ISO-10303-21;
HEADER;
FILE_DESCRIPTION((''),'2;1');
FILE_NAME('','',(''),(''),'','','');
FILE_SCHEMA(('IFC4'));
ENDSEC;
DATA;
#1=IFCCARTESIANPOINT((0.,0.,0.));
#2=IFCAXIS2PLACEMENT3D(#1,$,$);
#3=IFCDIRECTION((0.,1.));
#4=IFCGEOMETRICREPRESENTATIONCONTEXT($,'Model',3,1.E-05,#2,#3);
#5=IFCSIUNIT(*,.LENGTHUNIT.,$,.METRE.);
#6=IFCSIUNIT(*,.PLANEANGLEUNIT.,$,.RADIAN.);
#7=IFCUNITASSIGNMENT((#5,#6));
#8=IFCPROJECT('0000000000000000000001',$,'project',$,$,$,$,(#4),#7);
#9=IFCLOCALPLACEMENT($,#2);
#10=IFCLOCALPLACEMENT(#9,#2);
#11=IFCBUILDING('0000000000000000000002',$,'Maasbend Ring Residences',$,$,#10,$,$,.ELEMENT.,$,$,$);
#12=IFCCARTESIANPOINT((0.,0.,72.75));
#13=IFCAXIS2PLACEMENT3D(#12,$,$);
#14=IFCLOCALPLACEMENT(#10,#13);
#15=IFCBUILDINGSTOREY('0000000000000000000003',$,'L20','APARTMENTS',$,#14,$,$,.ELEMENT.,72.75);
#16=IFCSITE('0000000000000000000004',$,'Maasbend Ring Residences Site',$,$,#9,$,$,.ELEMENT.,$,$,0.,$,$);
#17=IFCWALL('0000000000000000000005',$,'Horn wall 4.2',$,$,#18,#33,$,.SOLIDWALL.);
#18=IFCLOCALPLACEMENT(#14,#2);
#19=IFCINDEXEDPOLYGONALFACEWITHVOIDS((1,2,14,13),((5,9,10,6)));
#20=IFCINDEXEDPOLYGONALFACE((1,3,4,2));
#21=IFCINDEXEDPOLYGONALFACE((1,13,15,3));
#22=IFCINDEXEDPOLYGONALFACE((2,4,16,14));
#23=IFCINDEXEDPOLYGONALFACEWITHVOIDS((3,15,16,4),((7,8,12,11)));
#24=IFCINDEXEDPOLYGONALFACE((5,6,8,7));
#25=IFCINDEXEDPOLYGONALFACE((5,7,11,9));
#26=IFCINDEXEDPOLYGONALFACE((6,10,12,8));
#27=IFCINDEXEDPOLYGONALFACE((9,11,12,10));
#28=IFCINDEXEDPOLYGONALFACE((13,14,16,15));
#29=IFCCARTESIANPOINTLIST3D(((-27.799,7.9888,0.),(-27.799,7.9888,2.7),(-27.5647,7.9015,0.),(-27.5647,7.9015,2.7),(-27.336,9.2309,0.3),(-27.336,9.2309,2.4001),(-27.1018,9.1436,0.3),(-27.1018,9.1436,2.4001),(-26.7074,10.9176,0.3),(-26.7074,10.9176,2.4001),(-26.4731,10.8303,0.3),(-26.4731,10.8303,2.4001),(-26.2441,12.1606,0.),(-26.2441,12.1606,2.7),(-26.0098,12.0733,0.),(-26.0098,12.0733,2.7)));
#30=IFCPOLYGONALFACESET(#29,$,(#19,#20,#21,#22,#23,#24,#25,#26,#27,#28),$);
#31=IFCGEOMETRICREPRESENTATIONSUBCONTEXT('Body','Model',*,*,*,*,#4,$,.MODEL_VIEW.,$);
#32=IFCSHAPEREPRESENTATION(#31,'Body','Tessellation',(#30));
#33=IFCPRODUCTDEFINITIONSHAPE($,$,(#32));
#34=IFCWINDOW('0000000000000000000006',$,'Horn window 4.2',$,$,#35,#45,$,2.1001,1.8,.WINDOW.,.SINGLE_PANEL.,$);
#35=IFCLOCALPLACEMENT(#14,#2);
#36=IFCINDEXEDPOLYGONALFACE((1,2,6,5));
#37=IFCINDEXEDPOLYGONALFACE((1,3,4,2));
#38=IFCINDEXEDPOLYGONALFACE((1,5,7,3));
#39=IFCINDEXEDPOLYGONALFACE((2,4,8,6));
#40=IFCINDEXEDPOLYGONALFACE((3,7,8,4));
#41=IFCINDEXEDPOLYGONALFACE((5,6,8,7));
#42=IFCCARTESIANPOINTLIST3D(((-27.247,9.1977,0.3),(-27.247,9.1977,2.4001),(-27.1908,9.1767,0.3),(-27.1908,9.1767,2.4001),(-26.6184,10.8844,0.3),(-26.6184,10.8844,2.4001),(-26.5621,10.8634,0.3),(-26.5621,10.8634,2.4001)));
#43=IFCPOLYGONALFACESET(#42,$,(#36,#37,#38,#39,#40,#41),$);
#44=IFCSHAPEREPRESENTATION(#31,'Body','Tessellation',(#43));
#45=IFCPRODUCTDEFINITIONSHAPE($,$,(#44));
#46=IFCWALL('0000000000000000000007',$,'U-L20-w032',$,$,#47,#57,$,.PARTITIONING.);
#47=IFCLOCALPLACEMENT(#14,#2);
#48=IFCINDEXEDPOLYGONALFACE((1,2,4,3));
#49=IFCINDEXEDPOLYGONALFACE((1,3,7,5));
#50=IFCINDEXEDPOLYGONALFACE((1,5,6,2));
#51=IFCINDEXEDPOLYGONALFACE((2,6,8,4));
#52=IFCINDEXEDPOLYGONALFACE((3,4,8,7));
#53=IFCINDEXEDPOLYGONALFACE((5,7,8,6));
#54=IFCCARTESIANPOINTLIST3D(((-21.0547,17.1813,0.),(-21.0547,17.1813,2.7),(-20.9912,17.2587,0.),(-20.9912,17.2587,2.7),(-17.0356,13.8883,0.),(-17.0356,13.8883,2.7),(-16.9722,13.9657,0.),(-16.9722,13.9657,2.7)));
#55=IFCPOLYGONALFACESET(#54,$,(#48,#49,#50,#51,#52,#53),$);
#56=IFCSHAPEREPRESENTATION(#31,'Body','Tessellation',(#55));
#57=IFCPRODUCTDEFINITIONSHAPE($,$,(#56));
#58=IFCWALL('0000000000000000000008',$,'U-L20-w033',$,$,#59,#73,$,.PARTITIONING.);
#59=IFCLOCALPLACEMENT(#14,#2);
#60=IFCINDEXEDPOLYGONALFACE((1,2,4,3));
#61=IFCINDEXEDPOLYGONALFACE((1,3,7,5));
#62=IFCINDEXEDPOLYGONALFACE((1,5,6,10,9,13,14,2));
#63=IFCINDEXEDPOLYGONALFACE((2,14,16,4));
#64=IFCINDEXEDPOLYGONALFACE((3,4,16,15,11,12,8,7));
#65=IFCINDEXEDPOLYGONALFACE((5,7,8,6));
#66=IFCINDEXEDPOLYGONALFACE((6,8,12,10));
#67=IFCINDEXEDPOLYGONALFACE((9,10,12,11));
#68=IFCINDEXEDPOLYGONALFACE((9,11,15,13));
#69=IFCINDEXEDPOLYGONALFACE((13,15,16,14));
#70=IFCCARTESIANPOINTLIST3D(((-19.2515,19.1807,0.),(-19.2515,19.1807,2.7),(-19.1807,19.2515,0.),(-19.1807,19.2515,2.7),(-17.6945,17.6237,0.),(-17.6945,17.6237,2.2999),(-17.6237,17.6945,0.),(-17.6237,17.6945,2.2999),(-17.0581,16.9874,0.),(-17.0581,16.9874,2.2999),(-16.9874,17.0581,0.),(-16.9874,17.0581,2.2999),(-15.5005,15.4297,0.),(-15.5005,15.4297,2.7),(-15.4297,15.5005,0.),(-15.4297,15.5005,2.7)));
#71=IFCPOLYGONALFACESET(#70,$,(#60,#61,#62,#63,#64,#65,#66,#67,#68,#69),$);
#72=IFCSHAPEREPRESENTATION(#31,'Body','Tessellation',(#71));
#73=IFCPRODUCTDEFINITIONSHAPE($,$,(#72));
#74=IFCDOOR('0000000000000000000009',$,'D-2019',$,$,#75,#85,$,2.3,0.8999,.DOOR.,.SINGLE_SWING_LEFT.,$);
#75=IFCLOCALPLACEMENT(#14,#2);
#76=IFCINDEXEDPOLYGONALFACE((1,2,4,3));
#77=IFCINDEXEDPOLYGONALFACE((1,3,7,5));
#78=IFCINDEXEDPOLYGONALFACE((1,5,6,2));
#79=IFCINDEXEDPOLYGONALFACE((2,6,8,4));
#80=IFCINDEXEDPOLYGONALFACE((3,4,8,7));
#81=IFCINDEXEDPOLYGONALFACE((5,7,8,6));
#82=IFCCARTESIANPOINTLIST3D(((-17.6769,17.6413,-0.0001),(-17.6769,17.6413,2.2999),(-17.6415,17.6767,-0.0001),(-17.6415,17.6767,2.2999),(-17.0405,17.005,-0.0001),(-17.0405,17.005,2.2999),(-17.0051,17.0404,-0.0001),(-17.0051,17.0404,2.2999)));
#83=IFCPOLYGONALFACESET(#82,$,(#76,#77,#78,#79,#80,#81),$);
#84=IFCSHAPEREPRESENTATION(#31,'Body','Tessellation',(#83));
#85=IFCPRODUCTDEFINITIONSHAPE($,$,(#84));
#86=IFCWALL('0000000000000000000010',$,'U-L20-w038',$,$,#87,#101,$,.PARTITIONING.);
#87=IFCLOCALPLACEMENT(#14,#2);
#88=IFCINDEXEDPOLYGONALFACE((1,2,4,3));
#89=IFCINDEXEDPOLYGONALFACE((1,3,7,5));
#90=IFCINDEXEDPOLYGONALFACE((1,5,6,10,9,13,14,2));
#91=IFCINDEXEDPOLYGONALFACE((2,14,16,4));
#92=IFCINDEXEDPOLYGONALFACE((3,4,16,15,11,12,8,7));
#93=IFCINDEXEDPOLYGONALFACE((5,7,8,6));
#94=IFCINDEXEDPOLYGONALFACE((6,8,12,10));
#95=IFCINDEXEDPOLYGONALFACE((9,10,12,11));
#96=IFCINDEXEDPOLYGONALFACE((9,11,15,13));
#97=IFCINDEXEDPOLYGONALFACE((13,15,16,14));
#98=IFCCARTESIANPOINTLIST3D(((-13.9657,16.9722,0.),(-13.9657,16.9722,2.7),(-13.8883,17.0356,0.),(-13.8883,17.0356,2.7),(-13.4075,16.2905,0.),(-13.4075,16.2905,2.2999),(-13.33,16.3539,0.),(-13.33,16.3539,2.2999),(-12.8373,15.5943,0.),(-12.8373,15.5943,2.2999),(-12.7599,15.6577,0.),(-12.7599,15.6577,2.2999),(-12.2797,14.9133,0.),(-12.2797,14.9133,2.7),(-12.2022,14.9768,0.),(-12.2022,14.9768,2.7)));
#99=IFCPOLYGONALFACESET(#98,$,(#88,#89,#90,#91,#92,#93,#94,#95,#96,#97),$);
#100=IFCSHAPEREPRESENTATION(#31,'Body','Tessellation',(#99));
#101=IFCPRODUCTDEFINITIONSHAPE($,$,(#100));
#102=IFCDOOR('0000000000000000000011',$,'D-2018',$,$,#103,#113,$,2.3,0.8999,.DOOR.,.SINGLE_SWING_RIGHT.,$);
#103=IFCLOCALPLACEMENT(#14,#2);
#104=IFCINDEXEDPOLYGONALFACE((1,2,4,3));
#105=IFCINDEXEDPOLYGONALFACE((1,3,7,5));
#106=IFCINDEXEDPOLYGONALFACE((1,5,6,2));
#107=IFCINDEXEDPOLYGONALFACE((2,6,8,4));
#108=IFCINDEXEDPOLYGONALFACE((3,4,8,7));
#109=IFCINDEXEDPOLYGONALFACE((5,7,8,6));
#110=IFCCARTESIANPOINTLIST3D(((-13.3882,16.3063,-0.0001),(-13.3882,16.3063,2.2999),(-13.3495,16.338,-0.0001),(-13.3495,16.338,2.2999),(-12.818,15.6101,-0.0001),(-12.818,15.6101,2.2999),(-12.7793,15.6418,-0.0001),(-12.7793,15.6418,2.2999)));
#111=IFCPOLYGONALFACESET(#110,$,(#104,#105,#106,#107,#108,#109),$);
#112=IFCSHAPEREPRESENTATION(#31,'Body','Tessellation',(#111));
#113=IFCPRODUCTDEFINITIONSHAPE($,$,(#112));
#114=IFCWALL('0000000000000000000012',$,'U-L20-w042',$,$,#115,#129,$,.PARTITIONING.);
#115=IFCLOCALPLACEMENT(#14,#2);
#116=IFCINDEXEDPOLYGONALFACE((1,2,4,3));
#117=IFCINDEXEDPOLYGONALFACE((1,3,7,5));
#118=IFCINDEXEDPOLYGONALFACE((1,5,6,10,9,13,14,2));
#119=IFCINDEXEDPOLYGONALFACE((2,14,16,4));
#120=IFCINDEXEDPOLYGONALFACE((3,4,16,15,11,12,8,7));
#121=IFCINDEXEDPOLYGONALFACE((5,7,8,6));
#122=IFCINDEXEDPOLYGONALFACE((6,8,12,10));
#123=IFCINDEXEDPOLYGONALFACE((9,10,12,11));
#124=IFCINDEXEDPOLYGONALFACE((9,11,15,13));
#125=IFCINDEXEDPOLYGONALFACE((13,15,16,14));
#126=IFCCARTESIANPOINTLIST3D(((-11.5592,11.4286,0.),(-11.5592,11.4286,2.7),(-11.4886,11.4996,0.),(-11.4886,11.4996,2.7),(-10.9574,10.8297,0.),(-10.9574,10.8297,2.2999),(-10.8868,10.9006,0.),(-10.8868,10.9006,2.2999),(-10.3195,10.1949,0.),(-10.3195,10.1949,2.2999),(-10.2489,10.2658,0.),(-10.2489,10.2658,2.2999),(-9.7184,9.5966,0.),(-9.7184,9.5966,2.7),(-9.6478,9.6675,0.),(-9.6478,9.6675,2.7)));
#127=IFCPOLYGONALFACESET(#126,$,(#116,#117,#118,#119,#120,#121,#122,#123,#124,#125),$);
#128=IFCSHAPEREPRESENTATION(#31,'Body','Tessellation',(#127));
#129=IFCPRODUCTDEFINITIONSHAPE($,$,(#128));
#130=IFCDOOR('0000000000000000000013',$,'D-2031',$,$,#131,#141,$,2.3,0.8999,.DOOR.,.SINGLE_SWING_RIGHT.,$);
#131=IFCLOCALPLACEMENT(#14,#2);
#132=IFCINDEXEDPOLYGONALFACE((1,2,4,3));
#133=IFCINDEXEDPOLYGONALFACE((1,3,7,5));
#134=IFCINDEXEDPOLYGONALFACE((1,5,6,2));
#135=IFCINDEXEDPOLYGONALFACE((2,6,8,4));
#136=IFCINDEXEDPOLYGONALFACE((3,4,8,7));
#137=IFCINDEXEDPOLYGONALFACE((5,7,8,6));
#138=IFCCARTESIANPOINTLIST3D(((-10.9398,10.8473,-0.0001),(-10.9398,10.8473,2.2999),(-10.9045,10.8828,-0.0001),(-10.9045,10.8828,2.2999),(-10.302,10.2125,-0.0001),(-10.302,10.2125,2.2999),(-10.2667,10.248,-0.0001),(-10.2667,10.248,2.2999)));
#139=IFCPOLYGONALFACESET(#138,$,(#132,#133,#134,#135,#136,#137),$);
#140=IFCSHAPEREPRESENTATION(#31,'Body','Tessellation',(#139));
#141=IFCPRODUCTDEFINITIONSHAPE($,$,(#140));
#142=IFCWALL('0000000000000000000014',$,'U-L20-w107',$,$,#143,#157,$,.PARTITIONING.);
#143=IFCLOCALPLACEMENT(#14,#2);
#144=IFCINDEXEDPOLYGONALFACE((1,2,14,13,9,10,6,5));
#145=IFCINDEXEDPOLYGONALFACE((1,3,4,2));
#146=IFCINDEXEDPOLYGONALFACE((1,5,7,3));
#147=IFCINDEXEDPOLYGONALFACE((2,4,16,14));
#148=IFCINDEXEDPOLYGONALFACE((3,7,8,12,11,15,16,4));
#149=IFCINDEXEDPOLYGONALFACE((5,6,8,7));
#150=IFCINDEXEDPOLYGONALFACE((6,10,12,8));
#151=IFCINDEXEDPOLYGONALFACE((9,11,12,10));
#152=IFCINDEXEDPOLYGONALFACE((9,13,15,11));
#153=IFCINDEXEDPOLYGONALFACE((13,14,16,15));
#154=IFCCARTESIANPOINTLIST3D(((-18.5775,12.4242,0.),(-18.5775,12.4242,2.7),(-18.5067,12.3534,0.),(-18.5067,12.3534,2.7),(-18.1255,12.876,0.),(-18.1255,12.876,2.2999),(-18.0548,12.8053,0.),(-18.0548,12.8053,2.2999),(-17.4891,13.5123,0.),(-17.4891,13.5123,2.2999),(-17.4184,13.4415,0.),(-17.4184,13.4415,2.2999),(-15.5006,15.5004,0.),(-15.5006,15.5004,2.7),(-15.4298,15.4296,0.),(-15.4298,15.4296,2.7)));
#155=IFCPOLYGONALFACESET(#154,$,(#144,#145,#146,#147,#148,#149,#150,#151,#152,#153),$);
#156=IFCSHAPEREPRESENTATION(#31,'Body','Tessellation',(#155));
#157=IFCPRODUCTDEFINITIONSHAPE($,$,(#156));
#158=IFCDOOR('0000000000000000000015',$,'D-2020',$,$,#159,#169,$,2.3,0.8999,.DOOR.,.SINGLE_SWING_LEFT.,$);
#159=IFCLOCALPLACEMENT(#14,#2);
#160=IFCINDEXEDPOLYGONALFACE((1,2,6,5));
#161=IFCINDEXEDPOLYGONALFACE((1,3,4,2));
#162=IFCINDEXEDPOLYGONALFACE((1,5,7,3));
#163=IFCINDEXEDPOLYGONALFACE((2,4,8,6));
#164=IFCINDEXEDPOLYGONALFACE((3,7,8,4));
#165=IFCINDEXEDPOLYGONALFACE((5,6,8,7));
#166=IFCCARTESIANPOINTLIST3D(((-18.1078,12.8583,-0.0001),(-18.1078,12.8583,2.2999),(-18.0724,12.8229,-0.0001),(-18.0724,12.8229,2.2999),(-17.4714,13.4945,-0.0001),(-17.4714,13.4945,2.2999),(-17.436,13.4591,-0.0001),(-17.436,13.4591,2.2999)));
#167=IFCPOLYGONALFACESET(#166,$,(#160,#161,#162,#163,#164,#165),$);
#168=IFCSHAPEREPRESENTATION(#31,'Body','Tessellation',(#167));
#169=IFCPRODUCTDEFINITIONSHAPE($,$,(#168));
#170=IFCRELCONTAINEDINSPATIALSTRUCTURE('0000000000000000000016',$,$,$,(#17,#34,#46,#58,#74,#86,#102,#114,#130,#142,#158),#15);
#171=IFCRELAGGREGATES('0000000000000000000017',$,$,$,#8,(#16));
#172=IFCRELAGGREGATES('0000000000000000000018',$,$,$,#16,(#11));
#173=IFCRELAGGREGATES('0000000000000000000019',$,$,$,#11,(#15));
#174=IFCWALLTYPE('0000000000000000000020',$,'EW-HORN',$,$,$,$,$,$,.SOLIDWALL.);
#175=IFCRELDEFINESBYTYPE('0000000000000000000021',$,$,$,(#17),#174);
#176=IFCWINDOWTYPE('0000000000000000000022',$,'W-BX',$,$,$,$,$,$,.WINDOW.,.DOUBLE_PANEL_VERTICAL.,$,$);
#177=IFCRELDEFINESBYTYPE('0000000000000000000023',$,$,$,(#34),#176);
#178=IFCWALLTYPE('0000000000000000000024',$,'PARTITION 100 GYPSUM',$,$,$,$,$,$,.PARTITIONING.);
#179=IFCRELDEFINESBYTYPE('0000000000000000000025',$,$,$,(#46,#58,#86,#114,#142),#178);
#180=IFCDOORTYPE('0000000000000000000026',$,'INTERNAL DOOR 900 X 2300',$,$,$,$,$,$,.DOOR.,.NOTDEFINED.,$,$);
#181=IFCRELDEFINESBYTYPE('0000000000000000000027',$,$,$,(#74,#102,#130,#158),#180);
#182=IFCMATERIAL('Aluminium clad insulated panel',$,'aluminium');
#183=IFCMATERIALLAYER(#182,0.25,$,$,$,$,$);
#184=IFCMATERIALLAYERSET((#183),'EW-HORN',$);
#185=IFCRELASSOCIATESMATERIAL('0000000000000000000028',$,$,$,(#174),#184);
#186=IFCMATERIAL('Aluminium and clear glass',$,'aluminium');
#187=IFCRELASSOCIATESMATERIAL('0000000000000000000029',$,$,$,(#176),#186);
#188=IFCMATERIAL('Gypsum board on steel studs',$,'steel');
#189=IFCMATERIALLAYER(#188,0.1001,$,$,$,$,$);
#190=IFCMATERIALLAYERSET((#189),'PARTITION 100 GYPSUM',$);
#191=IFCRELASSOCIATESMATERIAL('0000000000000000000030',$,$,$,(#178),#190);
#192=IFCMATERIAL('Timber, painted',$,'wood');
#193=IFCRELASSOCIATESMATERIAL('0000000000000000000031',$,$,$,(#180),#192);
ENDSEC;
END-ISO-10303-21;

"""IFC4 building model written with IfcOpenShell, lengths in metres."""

from ifc_helpers import new_model, si_unit, direction, frame, frame_2d, origin, place, context, subcontext, project, spatial, rectangle, extrude, material, layer, layer_set, type_object, element, fill, save


model = new_model("IFC4")

# Units and contexts
model_context = context("Model", 3, precision=1e-05, world=origin(), true_north=direction((0.0, 1.0)))
body_context = subcontext(model_context, "Body", "Model", "MODEL_VIEW")
ifc_project = project(units=[si_unit("LENGTHUNIT", "METRE"), si_unit("PLANEANGLEUNIT", "RADIAN")], contexts=[model_context])

# Site, building, storey
site_placement = place(None, origin())
site = spatial("IfcSite", under=ifc_project, at=site_placement, Name="Maasbend Ring Residences Site", CompositionType="ELEMENT", RefElevation=0.0)
building_placement = place(site_placement, origin())
building = spatial("IfcBuilding", under=site, at=building_placement, Name="Maasbend Ring Residences", CompositionType="ELEMENT")
storey_placement = place(building_placement, frame((0.0, 0.0, 72.75)))
storey = spatial("IfcBuildingStorey", under=building, at=storey_placement, Name="L20", Description="APARTMENTS", CompositionType="ELEMENT", Elevation=72.75)

# Wall, opening, window
ifc_material_1 = material(Name="Aluminium clad insulated panel", Category="aluminium")
ifc_layer_1 = layer(ifc_material_1, 0.25)
ifc_layer_set_1 = layer_set([ifc_layer_1], Name="EW-HORN")
wall_type_1 = type_object("IfcWallType", Name="EW-HORN", PredefinedType="SOLIDWALL", material=ifc_layer_set_1)
ifc_material_2 = material(Name="Aluminium and clear glass", Category="aluminium")
window_type = type_object("IfcWindowType", Name="W-BX", PartitioningType="DOUBLE_PANEL_VERTICAL", PredefinedType="WINDOW", material=ifc_material_2)
wall_1_placement = place(storey_placement, frame((-26.127, 12.1169, 0.0), z_axis=(0.0, 0.0, 1.0), x_axis=(-0.349248, -0.93703, 0.0)))
wall_1 = element("IfcWall", 1, at=wall_1_placement, inside=storey, type_object=wall_type_1, Name="Horn wall 4.2", PredefinedType="SOLIDWALL", context=body_context, shape_type="SweptSolid", body=[
    extrude(rectangle(XDim=4.4521, YDim=0.25, at=frame_2d((2.2261, 0.0))), origin(), (0.0, 0.0, 1.0), 2.7),
])
opening_1_placement = place(wall_1_placement, frame((1.3267, 0.0, 0.3)))
opening_1 = element("IfcOpeningElement", 2, at=opening_1_placement, cuts=wall_1, PredefinedType="OPENING", context=body_context, shape_type="SweptSolid", body=[
    extrude(rectangle(XDim=1.8, YDim=2.1001, at=frame_2d((0.8999, 1.05))), frame((0.0, 0.135, 0.0), z_axis=(0.0, -1.0, 0.0), x_axis=(1.0, 0.0, 0.0)), (0.0, 0.0, 1.0), 0.27),
])
window_1_placement = place(opening_1_placement, origin())
window_1 = element("IfcWindow", 3, at=window_1_placement, inside=storey, type_object=window_type, Name="Horn window 4.2", OverallHeight=2.1001, OverallWidth=1.8, PartitioningType="SINGLE_PANEL", PredefinedType="WINDOW", context=body_context, shape_type="SweptSolid", body=[
    extrude(rectangle(XDim=1.8, YDim=2.1001, at=frame_2d((0.8999, 1.05))), frame((0.0, 0.03, 0.0), z_axis=(0.0, -1.0, 0.0), x_axis=(1.0, 0.0, 0.0)), (0.0, 0.0, 1.0), 0.0601),
])
fill(opening_1, window_1)

# Wall
ifc_material_3 = material(Name="Gypsum board on steel studs", Category="steel")
ifc_layer_2 = layer(ifc_material_3, 0.1001)
ifc_layer_set_2 = layer_set([ifc_layer_2], Name="PARTITION 100 GYPSUM")
wall_type_2 = type_object("IfcWallType", Name="PARTITION 100 GYPSUM", PredefinedType="PARTITIONING", material=ifc_layer_set_2)
wall_2_placement = place(storey_placement, frame((-21.0229, 17.22, 0.0), z_axis=(0.0, 0.0, 1.0), x_axis=(0.773517, -0.633775, 0.0)))
element("IfcWall", 4, at=wall_2_placement, inside=storey, type_object=wall_type_2, Name="U-L20-w032", PredefinedType="PARTITIONING", context=body_context, shape_type="SweptSolid", body=[
    extrude(rectangle(XDim=5.1958, YDim=0.1001, at=frame_2d((2.5979, 0.0))), origin(), (0.0, 0.0, 1.0), 2.7),
])

# Walls, openings, doors
wall_3_placement = place(storey_placement, frame((-19.2161, 19.2161, 0.0), z_axis=(0.0, 0.0, 1.0), x_axis=(0.707107, -0.707107, 0.0)))
wall_3 = element("IfcWall", 5, at=wall_3_placement, inside=storey, type_object=wall_type_2, Name="U-L20-w033", PredefinedType="PARTITIONING", context=body_context, shape_type="SweptSolid", body=[
    extrude(rectangle(XDim=5.3047, YDim=0.1001, at=frame_2d((2.6523, 0.0))), origin(), (0.0, 0.0, 1.0), 2.7),
])
opening_2_placement = place(wall_3_placement, frame((2.2019, 0.0, 0.0)))
opening_2 = element("IfcOpeningElement", 6, at=opening_2_placement, cuts=wall_3, PredefinedType="OPENING", context=body_context, shape_type="SweptSolid", body=[
    extrude(rectangle(XDim=0.8999, YDim=2.3, at=frame_2d((0.45, 1.1499))), frame((0.0, 0.0601, 0.0), z_axis=(0.0, -1.0, 0.0), x_axis=(1.0, 0.0, 0.0)), (0.0, 0.0, 1.0), 0.1201),
])
ifc_material_4 = material(Name="Timber, painted", Category="wood")
door_type = type_object("IfcDoorType", Name="INTERNAL DOOR 900 X 2300", OperationType="NOTDEFINED", PredefinedType="DOOR", material=ifc_material_4)
door_1_placement = place(opening_2_placement, origin())
door_1 = element("IfcDoor", 7, at=door_1_placement, inside=storey, type_object=door_type, Name="D-2019", OperationType="SINGLE_SWING_LEFT", OverallHeight=2.3, OverallWidth=0.8999, PredefinedType="DOOR", context=body_context, shape_type="SweptSolid", body=[
    extrude(rectangle(XDim=0.8999, YDim=2.3, at=frame_2d((0.45, 1.1499))), frame((0.0, 0.0249, 0.0), z_axis=(0.0, -1.0, 0.0), x_axis=(1.0, 0.0, 0.0)), (0.0, 0.0, 1.0), 0.05),
])
fill(opening_2, door_1)
wall_4_placement = place(storey_placement, frame((-13.927, 17.0039, 0.0), z_axis=(0.0, 0.0, 1.0), x_axis=(0.633582, -0.773675, 0.0)))
wall_4 = element("IfcWall", 8, at=wall_4_placement, inside=storey, type_object=wall_type_2, Name="U-L20-w038", PredefinedType="PARTITIONING", context=body_context, shape_type="SweptSolid", body=[
    extrude(rectangle(XDim=2.6611, YDim=0.1001, at=frame_2d((1.3306, 0.0))), origin(), (0.0, 0.0, 1.0), 2.7),
])
opening_3_placement = place(wall_4_placement, frame((0.8811, 0.0, 0.0)))
opening_3 = element("IfcOpeningElement", 9, at=opening_3_placement, cuts=wall_4, PredefinedType="OPENING", context=body_context, shape_type="SweptSolid", body=[
    extrude(rectangle(XDim=0.8999, YDim=2.3, at=frame_2d((0.45, 1.1499))), frame((0.0, 0.0601, 0.0), z_axis=(0.0, -1.0, 0.0), x_axis=(1.0, 0.0, 0.0)), (0.0, 0.0, 1.0), 0.1201),
])
door_2_placement = place(opening_3_placement, origin())
door_2 = element("IfcDoor", 10, at=door_2_placement, inside=storey, type_object=door_type, Name="D-2018", OperationType="SINGLE_SWING_RIGHT", OverallHeight=2.3, OverallWidth=0.8999, PredefinedType="DOOR", context=body_context, shape_type="SweptSolid", body=[
    extrude(rectangle(XDim=0.8999, YDim=2.3, at=frame_2d((0.45, 1.1499))), frame((0.0, 0.0249, 0.0), z_axis=(0.0, -1.0, 0.0), x_axis=(1.0, 0.0, 0.0)), (0.0, 0.0, 1.0), 0.05),
])
fill(opening_3, door_2)
wall_5_placement = place(storey_placement, frame((-11.5239, 11.4641, 0.0), z_axis=(0.0, 0.0, 1.0), x_axis=(0.708797, -0.705413, 0.0)))
wall_5 = element("IfcWall", 11, at=wall_5_placement, inside=storey, type_object=wall_type_2, Name="U-L20-w042", PredefinedType="PARTITIONING", context=body_context, shape_type="SweptSolid", body=[
    extrude(rectangle(XDim=2.5972, YDim=0.1001, at=frame_2d((1.2986, 0.0))), origin(), (0.0, 0.0, 1.0), 2.7),
])
opening_4_placement = place(wall_5_placement, frame((0.8491, 0.0, 0.0)))
opening_4 = element("IfcOpeningElement", 12, at=opening_4_placement, cuts=wall_5, PredefinedType="OPENING", context=body_context, shape_type="SweptSolid", body=[
    extrude(rectangle(XDim=0.8999, YDim=2.3, at=frame_2d((0.45, 1.1499))), frame((0.0, 0.0601, 0.0), z_axis=(0.0, -1.0, 0.0), x_axis=(1.0, 0.0, 0.0)), (0.0, 0.0, 1.0), 0.1201),
])
door_3_placement = place(opening_4_placement, origin())
door_3 = element("IfcDoor", 13, at=door_3_placement, inside=storey, type_object=door_type, Name="D-2031", OperationType="SINGLE_SWING_RIGHT", OverallHeight=2.3, OverallWidth=0.8999, PredefinedType="DOOR", context=body_context, shape_type="SweptSolid", body=[
    extrude(rectangle(XDim=0.8999, YDim=2.3, at=frame_2d((0.45, 1.1499))), frame((0.0, 0.0249, 0.0), z_axis=(0.0, -1.0, 0.0), x_axis=(1.0, 0.0, 0.0)), (0.0, 0.0, 1.0), 0.05),
])
fill(opening_4, door_3)
wall_6_placement = place(storey_placement, frame((-18.542, 12.3889, 0.0), z_axis=(0.0, 0.0, 1.0), x_axis=(0.707191, 0.707023, 0.0)))
wall_6 = element("IfcWall", 14, at=wall_6_placement, inside=storey, type_object=wall_type_2, Name="U-L20-w107", PredefinedType="PARTITIONING", context=body_context, shape_type="SweptSolid", body=[
    extrude(rectangle(XDim=4.3508, YDim=0.1001, at=frame_2d((2.1753, 0.0))), origin(), (0.0, 0.0, 1.0), 2.7),
])
opening_5_placement = place(wall_6_placement, frame((0.6389, 0.0, 0.0)))
opening_5 = element("IfcOpeningElement", 15, at=opening_5_placement, cuts=wall_6, PredefinedType="OPENING", context=body_context, shape_type="SweptSolid", body=[
    extrude(rectangle(XDim=0.8999, YDim=2.3, at=frame_2d((0.45, 1.1499))), frame((0.0, 0.0601, 0.0), z_axis=(0.0, -1.0, 0.0), x_axis=(1.0, 0.0, 0.0)), (0.0, 0.0, 1.0), 0.1201),
])
door_4_placement = place(opening_5_placement, origin())
door_4 = element("IfcDoor", 16, at=door_4_placement, inside=storey, type_object=door_type, Name="D-2020", OperationType="SINGLE_SWING_LEFT", OverallHeight=2.3, OverallWidth=0.8999, PredefinedType="DOOR", context=body_context, shape_type="SweptSolid", body=[
    extrude(rectangle(XDim=0.8999, YDim=2.3, at=frame_2d((0.45, 1.1499))), frame((0.0, 0.0249, 0.0), z_axis=(0.0, -1.0, 0.0), x_axis=(1.0, 0.0, 0.0)), (0.0, 0.0, 1.0), 0.05),
])
fill(opening_5, door_4)

save(model, "model.ifc")
